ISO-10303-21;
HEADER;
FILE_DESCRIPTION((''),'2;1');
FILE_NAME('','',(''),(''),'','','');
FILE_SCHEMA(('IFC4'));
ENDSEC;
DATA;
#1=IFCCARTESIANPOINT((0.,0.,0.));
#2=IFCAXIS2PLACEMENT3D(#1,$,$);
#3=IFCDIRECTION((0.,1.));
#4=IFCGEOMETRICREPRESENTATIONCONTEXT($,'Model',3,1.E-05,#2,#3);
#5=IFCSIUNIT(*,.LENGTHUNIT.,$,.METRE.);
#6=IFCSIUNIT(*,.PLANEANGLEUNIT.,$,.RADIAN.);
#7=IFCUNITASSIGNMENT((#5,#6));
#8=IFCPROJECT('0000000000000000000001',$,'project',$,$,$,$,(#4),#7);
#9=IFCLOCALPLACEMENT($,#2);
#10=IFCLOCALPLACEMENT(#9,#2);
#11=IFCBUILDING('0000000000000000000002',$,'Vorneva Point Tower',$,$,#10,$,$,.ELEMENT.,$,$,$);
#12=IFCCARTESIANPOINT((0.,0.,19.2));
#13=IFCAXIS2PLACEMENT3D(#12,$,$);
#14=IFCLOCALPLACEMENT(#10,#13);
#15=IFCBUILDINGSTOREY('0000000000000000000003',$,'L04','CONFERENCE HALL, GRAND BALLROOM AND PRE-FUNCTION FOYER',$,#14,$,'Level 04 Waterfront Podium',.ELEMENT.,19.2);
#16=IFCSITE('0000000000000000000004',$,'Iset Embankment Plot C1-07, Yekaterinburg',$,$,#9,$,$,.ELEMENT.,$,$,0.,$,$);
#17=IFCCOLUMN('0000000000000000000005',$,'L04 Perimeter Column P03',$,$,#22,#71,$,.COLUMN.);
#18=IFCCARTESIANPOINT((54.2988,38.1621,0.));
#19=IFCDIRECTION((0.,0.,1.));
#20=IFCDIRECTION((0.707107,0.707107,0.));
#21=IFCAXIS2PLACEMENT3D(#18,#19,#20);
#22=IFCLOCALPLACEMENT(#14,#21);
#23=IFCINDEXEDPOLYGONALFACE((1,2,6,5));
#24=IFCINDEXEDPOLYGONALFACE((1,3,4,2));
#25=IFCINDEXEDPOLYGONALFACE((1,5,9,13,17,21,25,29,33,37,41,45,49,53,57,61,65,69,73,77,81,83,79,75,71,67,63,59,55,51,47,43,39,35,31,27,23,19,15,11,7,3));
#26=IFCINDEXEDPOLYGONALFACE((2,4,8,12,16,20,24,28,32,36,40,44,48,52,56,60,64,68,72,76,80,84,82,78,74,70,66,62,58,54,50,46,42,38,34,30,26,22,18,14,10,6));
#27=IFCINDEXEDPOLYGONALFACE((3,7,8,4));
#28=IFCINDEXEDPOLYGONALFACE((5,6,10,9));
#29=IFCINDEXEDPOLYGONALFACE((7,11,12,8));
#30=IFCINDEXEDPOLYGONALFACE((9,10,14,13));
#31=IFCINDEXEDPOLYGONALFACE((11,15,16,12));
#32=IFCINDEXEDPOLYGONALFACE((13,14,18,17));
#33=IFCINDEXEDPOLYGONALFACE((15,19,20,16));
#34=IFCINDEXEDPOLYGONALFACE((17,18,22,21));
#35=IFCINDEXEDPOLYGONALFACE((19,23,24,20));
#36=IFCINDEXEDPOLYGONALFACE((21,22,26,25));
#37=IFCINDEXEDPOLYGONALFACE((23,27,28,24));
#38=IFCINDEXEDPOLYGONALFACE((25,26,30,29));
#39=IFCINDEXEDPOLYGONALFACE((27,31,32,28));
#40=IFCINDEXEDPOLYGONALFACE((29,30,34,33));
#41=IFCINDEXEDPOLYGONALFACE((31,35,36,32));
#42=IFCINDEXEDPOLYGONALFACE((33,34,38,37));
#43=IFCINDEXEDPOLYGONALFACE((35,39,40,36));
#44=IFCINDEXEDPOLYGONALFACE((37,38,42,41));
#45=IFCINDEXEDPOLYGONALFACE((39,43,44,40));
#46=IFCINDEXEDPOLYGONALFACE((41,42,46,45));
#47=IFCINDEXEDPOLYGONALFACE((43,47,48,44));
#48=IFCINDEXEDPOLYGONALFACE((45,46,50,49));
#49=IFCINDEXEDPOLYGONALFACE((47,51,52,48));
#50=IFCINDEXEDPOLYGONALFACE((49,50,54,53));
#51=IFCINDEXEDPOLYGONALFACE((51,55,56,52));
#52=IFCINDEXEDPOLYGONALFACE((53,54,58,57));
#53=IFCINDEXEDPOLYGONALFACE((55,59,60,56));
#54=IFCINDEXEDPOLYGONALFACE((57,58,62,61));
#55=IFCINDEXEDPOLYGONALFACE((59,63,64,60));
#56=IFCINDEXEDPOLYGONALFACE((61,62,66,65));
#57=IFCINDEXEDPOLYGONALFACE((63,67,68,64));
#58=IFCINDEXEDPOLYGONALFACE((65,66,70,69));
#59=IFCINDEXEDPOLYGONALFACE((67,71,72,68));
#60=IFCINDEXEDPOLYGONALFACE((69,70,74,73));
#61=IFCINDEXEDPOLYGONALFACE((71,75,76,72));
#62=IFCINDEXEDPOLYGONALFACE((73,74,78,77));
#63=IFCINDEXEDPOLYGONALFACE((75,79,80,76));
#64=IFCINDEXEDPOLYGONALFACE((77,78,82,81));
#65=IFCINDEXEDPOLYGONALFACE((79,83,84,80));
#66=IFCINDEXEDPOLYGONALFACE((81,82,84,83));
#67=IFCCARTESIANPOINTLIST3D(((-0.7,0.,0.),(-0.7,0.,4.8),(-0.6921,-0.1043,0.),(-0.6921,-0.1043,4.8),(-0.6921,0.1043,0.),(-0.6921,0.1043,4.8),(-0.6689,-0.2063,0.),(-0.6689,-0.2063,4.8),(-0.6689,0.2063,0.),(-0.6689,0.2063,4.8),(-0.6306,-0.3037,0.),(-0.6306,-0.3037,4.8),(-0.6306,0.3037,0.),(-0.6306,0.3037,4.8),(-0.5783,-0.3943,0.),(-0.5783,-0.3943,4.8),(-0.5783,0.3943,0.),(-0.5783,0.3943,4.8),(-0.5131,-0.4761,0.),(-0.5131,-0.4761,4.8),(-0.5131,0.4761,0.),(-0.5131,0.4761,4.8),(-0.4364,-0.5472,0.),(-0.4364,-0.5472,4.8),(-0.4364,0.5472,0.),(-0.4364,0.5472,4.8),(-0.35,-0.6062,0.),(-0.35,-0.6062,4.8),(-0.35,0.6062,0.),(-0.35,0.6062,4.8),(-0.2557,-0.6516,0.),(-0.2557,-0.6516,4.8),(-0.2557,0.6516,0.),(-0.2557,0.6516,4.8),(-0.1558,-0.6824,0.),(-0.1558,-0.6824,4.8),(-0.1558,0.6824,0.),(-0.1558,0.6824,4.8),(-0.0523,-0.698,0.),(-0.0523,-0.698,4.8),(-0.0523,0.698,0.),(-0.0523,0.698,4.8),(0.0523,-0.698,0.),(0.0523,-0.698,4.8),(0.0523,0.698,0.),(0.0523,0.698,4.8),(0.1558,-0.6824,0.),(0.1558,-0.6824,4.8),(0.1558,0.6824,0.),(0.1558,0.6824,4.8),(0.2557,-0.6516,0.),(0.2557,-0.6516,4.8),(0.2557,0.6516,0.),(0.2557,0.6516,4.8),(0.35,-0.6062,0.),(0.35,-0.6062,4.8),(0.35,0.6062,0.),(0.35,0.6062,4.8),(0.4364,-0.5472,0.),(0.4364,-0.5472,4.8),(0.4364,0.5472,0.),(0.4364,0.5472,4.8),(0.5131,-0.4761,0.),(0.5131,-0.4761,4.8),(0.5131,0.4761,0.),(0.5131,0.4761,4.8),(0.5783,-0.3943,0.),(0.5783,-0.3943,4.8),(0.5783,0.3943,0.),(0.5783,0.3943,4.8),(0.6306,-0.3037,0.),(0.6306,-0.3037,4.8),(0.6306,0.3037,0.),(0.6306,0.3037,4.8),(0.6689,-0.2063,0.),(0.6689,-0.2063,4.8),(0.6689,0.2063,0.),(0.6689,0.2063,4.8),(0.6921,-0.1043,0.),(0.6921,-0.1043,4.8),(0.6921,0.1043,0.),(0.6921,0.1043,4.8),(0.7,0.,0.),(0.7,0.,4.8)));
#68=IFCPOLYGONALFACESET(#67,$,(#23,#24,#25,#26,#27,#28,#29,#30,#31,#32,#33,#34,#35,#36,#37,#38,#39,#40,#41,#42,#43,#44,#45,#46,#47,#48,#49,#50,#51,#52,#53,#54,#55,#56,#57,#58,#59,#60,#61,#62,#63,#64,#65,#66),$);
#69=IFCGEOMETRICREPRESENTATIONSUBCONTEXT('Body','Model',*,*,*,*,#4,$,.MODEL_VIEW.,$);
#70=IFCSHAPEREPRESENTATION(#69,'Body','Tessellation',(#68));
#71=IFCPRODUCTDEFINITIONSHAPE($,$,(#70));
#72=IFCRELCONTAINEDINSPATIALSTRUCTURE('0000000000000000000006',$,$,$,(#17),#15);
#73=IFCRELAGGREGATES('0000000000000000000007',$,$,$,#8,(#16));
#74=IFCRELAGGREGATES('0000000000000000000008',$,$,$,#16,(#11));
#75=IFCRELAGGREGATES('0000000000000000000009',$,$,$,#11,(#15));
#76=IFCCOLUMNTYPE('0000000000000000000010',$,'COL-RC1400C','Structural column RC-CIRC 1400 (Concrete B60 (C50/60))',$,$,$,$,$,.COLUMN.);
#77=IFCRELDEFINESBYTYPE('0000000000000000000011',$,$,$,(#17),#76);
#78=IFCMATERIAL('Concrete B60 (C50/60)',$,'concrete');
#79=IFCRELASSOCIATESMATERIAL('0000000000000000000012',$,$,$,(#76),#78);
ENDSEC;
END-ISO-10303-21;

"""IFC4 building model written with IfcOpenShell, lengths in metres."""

from ifc_helpers import new_model, si_unit, direction, frame, origin, origin_2d, place, context, subcontext, project, spatial, circle, extrude, material, material_profile, profile_set, type_object, element, save


model = new_model("IFC4")

# Units and contexts
model_context = context("Model", 3, precision=1e-05, world=origin(), true_north=direction((0.0, 1.0)))
body_context = subcontext(model_context, "Body", "Model", "MODEL_VIEW")
ifc_project = project(units=[si_unit("LENGTHUNIT", "METRE"), si_unit("PLANEANGLEUNIT", "RADIAN")], contexts=[model_context])

# Site, building, storey
site_placement = place(None, origin())
site = spatial("IfcSite", under=ifc_project, at=site_placement, Name="Iset Embankment Plot C1-07, Yekaterinburg", CompositionType="ELEMENT", RefElevation=0.0)
building_placement = place(site_placement, origin())
building = spatial("IfcBuilding", under=site, at=building_placement, Name="Vorneva Point Tower", CompositionType="ELEMENT")
storey_placement = place(building_placement, frame((0.0, 0.0, 19.2)))
storey = spatial("IfcBuildingStorey", under=building, at=storey_placement, Name="L04", Description="CONFERENCE HALL, GRAND BALLROOM AND PRE-FUNCTION FOYER", LongName="Level 04 Waterfront Podium", CompositionType="ELEMENT", Elevation=19.2)

# Column
ifc_material_1 = material(Name="Concrete B60 (C50/60)", Category="concrete")
ifc_material_profile_1 = material_profile(ifc_material_1, circle(Radius=0.7, at=origin_2d()), Name="RC-CIRC 1400")
ifc_profile_set_1 = profile_set([ifc_material_profile_1], Name="Concrete B60 (C50/60)")
column_type_1 = type_object("IfcColumnType", Name="COL-RC1400C", Description="Structural column RC-CIRC 1400 (Concrete B60 (C50/60))", PredefinedType="COLUMN", material=ifc_profile_set_1)
for number, where, z_axis, x_axis, name in (
    (1, (54.2988, 38.1621, 0.0), (0.0, 0.0, 1.0), (0.707107, 0.707107, 0.0), "L04 Perimeter Column P03"),
):
    element("IfcColumn", number, at=place(storey_placement, frame(where, z_axis=z_axis, x_axis=x_axis)), inside=storey, type_object=column_type_1, Name=name, PredefinedType="COLUMN", context=body_context, shape_type="SweptSolid", body=[
        extrude(circle(Radius=0.7, at=origin_2d()), origin(), (0.0, 0.0, 1.0), 4.8),
    ])

save(model, "model.ifc")
